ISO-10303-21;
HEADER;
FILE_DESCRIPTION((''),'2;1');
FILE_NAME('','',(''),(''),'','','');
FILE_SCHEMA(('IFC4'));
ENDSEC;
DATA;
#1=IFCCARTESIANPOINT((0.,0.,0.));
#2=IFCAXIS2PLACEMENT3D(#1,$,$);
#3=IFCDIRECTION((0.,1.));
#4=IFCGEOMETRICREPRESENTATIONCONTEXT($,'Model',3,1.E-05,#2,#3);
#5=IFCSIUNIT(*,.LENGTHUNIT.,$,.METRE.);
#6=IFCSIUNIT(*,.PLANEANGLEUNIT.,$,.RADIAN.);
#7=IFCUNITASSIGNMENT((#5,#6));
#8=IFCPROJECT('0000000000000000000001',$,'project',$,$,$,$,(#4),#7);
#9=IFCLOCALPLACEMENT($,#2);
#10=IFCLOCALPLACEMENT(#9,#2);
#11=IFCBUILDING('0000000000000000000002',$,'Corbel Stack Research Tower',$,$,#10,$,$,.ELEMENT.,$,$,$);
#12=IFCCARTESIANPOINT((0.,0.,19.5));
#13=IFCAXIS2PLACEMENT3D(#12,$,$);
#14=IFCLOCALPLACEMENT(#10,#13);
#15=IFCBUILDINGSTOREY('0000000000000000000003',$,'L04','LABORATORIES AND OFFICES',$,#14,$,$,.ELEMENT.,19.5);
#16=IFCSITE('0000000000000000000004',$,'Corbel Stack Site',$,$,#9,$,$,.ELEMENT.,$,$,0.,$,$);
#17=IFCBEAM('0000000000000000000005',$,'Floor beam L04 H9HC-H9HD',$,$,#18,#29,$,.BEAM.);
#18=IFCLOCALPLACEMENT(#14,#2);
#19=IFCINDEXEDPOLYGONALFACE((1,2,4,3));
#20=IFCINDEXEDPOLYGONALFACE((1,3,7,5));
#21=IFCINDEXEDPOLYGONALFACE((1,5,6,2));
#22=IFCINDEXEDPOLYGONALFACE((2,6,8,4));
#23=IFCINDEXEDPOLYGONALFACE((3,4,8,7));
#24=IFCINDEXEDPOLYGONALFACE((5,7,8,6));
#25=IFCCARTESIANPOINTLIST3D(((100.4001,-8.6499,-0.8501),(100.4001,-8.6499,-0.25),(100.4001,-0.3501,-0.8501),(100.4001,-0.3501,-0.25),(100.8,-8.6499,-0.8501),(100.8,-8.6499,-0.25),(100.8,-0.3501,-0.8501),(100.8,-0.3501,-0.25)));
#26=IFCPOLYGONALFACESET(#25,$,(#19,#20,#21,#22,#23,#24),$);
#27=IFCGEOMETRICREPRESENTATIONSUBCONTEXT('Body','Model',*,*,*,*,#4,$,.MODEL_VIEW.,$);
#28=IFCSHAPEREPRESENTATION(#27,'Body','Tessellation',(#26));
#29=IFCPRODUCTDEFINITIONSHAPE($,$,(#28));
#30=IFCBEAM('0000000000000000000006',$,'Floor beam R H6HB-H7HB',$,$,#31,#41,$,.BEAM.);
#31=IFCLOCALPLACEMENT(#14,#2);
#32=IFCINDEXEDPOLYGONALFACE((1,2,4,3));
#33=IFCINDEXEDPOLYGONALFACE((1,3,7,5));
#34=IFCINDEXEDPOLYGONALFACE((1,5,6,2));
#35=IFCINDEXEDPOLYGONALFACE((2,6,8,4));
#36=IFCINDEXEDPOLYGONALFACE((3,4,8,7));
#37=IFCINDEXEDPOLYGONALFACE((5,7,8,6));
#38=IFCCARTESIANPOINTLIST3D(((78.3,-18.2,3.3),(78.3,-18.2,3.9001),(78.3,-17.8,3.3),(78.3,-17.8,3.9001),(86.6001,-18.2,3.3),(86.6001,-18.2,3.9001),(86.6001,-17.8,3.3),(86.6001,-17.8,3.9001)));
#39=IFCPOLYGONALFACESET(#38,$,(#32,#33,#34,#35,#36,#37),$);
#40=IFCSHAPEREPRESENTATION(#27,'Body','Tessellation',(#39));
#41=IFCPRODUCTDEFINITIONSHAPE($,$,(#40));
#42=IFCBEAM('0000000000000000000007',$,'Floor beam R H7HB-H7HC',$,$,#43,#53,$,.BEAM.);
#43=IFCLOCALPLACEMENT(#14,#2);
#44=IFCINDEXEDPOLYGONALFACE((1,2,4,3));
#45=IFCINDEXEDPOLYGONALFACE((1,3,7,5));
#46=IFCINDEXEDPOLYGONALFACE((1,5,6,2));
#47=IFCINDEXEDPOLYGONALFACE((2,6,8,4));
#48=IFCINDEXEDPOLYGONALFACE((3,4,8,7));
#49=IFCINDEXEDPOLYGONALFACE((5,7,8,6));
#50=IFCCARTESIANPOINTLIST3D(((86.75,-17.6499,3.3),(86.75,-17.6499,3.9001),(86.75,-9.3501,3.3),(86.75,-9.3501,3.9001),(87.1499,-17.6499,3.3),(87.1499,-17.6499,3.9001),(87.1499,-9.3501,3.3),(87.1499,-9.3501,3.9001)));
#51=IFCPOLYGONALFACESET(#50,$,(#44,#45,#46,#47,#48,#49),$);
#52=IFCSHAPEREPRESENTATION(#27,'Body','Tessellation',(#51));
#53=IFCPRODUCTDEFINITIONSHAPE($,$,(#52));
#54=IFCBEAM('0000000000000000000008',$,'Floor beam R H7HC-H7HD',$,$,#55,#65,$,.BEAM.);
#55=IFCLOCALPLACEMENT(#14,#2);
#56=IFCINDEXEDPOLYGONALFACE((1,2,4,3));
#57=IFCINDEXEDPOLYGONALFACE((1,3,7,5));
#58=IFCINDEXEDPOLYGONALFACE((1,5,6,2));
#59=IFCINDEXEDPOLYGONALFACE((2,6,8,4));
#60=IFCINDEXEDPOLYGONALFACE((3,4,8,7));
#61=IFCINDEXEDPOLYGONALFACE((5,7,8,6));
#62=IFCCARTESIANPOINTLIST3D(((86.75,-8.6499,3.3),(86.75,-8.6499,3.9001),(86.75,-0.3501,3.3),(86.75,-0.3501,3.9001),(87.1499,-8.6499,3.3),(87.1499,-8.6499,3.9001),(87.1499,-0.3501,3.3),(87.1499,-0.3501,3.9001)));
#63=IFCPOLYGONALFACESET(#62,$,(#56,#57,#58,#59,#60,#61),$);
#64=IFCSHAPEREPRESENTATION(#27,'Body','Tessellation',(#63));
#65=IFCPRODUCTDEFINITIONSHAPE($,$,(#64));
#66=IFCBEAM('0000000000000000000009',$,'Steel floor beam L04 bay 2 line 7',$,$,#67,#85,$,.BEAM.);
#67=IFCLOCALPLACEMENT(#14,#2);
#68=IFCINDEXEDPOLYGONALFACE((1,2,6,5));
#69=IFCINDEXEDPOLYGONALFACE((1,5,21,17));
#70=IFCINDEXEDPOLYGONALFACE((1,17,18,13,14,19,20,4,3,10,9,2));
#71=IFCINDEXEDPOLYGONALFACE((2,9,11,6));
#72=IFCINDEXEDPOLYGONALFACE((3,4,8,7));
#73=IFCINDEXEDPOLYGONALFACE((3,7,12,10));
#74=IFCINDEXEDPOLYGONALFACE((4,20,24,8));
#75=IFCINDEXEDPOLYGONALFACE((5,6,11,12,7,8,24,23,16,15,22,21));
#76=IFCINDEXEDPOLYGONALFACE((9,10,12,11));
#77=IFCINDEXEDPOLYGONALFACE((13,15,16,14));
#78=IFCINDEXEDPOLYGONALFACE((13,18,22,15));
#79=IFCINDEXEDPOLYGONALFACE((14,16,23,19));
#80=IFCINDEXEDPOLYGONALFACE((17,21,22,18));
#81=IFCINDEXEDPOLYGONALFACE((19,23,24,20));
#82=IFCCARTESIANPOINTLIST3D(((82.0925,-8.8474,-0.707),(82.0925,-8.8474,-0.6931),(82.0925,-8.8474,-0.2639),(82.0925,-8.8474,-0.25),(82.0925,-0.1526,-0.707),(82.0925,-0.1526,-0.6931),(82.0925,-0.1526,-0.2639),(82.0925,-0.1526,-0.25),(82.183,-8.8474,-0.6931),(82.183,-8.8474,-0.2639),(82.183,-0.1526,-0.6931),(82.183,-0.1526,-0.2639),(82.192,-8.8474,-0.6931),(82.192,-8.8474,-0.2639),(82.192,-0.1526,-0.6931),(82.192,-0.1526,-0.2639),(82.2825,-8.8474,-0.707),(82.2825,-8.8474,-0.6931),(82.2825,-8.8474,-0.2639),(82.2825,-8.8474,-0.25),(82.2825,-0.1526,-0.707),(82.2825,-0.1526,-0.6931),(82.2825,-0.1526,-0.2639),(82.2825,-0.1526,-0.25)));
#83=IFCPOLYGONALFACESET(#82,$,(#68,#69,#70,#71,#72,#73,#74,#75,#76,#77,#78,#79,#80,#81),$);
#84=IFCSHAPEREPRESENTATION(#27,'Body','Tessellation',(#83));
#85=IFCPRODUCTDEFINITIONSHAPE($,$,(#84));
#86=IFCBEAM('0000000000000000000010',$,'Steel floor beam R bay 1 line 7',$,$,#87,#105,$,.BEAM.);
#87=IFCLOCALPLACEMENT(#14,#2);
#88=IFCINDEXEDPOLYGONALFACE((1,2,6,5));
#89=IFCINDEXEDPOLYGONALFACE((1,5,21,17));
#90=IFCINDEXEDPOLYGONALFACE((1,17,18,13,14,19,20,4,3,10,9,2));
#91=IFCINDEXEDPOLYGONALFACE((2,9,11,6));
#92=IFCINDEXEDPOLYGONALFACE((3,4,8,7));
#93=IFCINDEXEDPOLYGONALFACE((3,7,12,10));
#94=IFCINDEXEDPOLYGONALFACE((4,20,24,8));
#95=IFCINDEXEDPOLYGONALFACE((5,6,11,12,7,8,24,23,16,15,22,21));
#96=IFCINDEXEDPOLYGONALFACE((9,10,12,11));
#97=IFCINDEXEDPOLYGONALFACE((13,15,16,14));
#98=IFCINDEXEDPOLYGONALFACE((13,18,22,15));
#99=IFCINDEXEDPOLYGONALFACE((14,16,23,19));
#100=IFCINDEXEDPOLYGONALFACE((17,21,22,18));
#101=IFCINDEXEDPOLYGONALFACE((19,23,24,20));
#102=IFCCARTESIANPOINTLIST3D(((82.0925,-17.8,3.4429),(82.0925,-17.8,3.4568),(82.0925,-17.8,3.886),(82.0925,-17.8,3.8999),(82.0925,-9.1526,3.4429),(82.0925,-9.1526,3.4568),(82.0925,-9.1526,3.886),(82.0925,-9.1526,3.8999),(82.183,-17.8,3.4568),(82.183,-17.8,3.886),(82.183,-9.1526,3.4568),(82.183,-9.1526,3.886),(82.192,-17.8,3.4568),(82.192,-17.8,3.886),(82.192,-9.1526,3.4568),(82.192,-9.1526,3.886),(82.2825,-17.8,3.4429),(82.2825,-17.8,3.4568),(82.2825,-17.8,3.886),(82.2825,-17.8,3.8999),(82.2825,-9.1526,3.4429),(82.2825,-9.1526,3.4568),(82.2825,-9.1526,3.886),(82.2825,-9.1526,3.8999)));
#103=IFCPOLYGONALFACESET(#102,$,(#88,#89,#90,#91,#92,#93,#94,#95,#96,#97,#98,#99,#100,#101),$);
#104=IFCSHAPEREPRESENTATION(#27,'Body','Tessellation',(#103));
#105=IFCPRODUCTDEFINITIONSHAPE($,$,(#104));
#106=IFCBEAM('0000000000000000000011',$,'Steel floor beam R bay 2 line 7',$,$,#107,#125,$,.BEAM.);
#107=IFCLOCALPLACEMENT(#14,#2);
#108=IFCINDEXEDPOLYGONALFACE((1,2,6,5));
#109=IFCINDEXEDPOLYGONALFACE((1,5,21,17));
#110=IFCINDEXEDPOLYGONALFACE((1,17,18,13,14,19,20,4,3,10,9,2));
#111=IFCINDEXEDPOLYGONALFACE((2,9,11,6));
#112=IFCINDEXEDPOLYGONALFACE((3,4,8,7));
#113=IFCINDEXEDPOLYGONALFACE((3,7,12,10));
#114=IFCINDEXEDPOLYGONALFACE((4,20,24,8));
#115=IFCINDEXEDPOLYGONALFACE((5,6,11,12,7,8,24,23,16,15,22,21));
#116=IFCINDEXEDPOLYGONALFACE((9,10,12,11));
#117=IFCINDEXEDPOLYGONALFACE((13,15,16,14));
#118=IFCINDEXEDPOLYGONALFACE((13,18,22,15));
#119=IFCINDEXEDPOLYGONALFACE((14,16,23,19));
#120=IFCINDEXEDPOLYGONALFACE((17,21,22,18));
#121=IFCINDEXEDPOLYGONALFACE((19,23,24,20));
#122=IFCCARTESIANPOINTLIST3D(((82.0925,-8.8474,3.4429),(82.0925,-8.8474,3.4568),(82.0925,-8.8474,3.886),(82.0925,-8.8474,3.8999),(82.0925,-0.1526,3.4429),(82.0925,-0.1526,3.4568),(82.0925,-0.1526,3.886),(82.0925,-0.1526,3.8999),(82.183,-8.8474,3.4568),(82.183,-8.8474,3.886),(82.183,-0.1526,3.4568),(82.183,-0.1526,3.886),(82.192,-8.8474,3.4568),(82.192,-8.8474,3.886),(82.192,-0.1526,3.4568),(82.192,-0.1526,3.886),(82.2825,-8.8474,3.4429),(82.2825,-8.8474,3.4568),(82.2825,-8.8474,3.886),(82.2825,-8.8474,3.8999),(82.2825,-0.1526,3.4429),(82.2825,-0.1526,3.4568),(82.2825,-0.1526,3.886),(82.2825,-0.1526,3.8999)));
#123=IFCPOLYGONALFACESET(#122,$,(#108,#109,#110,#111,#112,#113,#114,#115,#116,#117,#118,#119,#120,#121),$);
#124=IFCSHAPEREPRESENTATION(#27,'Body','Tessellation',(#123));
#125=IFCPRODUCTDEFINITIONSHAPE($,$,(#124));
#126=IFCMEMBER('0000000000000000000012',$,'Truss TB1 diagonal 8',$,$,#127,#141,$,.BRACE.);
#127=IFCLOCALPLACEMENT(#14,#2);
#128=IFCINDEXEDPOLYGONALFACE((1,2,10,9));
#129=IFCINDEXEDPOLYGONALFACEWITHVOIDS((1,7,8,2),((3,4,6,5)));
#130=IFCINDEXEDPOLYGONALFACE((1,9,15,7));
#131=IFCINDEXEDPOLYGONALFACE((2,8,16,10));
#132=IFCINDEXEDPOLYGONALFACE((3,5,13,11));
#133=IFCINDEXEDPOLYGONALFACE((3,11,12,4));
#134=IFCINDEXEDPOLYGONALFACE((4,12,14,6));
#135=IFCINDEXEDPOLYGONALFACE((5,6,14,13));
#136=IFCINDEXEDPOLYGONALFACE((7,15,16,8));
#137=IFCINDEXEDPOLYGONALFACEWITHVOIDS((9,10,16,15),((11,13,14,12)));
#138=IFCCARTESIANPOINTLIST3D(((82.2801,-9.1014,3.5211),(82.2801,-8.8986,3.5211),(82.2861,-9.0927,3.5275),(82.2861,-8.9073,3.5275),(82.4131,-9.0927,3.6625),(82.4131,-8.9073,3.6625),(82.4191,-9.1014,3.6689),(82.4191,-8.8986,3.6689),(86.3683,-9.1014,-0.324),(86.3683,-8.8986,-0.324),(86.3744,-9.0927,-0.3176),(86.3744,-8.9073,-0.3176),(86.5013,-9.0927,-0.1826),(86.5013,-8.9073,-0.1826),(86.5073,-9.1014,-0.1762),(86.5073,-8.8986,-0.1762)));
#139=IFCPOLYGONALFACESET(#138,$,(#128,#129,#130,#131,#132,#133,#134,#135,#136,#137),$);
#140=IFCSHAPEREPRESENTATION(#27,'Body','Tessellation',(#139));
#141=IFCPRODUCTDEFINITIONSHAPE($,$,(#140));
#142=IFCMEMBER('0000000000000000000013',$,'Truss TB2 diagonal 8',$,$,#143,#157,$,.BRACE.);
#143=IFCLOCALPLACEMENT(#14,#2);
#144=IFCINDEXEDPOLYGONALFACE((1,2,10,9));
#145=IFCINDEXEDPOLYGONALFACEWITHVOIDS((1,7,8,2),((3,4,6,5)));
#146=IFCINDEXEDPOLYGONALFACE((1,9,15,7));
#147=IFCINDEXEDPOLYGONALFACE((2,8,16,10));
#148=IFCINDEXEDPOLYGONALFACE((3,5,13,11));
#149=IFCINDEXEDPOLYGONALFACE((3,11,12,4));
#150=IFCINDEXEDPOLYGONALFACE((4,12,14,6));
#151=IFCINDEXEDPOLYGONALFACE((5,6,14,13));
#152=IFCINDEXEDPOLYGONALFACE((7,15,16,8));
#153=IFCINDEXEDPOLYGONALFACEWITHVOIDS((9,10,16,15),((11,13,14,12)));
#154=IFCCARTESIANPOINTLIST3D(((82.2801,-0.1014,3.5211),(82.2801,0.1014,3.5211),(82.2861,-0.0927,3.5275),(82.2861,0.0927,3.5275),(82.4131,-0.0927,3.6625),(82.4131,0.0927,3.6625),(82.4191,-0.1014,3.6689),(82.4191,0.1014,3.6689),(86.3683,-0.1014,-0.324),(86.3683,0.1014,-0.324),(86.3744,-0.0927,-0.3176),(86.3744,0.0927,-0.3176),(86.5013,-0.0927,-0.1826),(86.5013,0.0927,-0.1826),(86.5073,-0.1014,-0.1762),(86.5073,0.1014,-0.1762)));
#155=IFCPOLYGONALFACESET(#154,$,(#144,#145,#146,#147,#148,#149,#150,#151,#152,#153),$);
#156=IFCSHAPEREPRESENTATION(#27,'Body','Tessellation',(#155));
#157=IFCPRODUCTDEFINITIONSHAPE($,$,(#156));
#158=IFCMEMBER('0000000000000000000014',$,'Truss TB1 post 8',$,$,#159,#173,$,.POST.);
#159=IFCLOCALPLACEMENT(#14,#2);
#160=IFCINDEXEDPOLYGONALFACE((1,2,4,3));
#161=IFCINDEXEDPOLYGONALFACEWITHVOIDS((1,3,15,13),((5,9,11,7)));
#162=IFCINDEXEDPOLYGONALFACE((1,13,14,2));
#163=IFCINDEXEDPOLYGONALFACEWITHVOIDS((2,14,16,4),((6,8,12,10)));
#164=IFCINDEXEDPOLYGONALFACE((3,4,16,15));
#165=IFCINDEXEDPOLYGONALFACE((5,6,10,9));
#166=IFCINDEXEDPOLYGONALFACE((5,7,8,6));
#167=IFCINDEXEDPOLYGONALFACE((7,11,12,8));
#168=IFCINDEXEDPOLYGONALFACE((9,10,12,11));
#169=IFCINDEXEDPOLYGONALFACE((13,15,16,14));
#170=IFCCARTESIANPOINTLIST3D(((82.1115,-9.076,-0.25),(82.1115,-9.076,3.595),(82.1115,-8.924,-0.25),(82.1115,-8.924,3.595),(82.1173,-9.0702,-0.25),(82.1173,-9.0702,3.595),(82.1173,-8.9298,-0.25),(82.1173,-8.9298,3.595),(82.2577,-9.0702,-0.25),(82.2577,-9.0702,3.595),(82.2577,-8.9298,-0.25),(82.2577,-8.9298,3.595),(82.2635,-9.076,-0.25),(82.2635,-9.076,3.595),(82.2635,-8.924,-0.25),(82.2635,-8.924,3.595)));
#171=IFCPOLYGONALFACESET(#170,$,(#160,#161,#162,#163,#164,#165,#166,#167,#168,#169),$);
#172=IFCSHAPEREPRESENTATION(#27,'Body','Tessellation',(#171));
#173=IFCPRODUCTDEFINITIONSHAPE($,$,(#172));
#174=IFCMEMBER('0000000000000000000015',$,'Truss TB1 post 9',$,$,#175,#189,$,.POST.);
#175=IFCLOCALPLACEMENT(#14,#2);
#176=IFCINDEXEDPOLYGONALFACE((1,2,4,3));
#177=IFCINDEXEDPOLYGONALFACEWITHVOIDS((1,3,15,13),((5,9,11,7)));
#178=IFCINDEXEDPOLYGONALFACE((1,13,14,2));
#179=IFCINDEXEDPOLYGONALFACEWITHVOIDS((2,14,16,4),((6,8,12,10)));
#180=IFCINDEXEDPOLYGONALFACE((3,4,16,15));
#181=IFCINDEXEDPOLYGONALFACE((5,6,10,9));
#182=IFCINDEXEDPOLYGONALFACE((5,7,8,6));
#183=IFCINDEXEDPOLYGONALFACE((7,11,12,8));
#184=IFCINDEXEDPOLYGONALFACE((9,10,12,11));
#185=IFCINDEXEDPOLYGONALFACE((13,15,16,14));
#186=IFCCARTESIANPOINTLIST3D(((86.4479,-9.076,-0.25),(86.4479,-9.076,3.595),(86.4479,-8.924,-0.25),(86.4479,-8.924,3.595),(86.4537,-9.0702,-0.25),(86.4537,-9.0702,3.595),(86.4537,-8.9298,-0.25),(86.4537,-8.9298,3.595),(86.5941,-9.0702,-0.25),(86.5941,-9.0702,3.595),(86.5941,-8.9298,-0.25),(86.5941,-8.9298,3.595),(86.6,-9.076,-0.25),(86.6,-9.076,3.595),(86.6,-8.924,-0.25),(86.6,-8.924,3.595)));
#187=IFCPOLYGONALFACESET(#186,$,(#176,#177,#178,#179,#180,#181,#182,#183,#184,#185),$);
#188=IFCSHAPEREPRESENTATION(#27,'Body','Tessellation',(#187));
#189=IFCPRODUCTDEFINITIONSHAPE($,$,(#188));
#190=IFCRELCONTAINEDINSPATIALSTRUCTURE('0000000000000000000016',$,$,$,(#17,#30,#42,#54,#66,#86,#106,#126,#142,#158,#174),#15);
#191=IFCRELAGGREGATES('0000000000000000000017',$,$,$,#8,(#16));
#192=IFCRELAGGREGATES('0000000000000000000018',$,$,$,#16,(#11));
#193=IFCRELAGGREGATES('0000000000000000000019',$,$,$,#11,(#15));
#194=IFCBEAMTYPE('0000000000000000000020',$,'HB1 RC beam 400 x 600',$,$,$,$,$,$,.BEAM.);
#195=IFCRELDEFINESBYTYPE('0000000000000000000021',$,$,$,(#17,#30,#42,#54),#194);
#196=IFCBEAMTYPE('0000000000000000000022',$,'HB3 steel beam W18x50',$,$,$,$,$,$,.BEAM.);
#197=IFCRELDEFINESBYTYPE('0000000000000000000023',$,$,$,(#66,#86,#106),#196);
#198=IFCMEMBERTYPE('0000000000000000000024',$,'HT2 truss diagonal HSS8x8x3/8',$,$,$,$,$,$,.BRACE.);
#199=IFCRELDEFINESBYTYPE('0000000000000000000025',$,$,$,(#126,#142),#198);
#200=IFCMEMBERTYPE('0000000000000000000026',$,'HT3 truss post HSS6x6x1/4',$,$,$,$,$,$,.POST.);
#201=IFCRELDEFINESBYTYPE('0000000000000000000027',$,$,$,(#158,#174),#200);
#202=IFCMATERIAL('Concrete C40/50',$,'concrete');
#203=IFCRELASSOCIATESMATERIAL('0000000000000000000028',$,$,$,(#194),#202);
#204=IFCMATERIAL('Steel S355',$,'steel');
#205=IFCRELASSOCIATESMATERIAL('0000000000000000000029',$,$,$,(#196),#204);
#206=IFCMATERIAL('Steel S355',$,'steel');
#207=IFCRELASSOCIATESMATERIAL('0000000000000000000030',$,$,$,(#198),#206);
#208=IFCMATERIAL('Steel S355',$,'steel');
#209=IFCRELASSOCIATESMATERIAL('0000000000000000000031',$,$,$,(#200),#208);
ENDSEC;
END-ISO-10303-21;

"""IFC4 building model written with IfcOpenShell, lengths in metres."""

from ifc_helpers import new_model, si_unit, direction, frame, origin, origin_2d, place, context, subcontext, project, spatial, rectangle, hollow_rectangle, i_section, extrude, material, material_profile, profile_set, type_object, element, save


model = new_model("IFC4")

# Units and contexts
model_context = context("Model", 3, precision=1e-05, world=origin(), true_north=direction((0.0, 1.0)))
body_context = subcontext(model_context, "Body", "Model", "MODEL_VIEW")
ifc_project = project(units=[si_unit("LENGTHUNIT", "METRE"), si_unit("PLANEANGLEUNIT", "RADIAN")], contexts=[model_context])

# Site, building, storey
site_placement = place(None, origin())
site = spatial("IfcSite", under=ifc_project, at=site_placement, Name="Corbel Stack Site", CompositionType="ELEMENT", RefElevation=0.0)
building_placement = place(site_placement, origin())
building = spatial("IfcBuilding", under=site, at=building_placement, Name="Corbel Stack Research Tower", CompositionType="ELEMENT")
storey_placement = place(building_placement, frame((0.0, 0.0, 19.5)))
storey = spatial("IfcBuildingStorey", under=building, at=storey_placement, Name="L04", Description="LABORATORIES AND OFFICES", CompositionType="ELEMENT", Elevation=19.5)

# Beams
ifc_material_1 = material(Name="Concrete C40/50", Category="concrete")
ifc_material_profile_1 = material_profile(ifc_material_1, rectangle(XDim=0.3999, YDim=0.6001, at=origin_2d()), Name="RC 400 x 600")
ifc_profile_set_1 = profile_set([ifc_material_profile_1], Name="Concrete C40/50")
beam_type_1 = type_object("IfcBeamType", Name="HB1 RC beam 400 x 600", PredefinedType="BEAM", material=ifc_profile_set_1)
for number, where, z_axis, x_axis, name in (
    (1, (100.6001, -8.6499, -0.55), (0.0, 1.0, 0.0), (-1.0, 0.0, 0.0), "Floor beam L04 H9HC-H9HD"),
):
    element("IfcBeam", number, at=place(storey_placement, frame(where, z_axis=z_axis, x_axis=x_axis)), inside=storey, type_object=beam_type_1, Name=name, PredefinedType="BEAM", context=body_context, shape_type="SweptSolid", body=[
        extrude(rectangle(XDim=0.3999, YDim=0.6001, at=origin_2d()), origin(), (0.0, 0.0, 1.0), 8.2998),
    ])
beam_1_placement = place(storey_placement, frame((78.3, -18.0, 3.6001), z_axis=(1.0, 0.0, 0.0), x_axis=(0.0, 1.0, 0.0)))
element("IfcBeam", 2, at=beam_1_placement, inside=storey, type_object=beam_type_1, Name="Floor beam R H6HB-H7HB", PredefinedType="BEAM", context=body_context, shape_type="SweptSolid", body=[
    extrude(rectangle(XDim=0.3999, YDim=0.6001, at=origin_2d()), origin(), (0.0, 0.0, 1.0), 8.3),
])
for number, where, z_axis, x_axis, name in (
    (3, (86.95, -17.6499, 3.6001), (0.0, 1.0, 0.0), (-1.0, 0.0, 0.0), "Floor beam R H7HB-H7HC"),
    (4, (86.95, -8.6499, 3.6001), (0.0, 1.0, 0.0), (-1.0, 0.0, 0.0), "Floor beam R H7HC-H7HD"),
):
    element("IfcBeam", number, at=place(storey_placement, frame(where, z_axis=z_axis, x_axis=x_axis)), inside=storey, type_object=beam_type_1, Name=name, PredefinedType="BEAM", context=body_context, shape_type="SweptSolid", body=[
        extrude(rectangle(XDim=0.3999, YDim=0.6001, at=origin_2d()), origin(), (0.0, 0.0, 1.0), 8.2998),
    ])
ifc_material_2 = material(Name="Steel S355", Category="steel")
ifc_material_profile_2 = material_profile(ifc_material_2, i_section(OverallWidth=0.1899, OverallDepth=0.457, WebThickness=0.009, FlangeThickness=0.0139, at=origin_2d()), Name="W18x50")
ifc_profile_set_2 = profile_set([ifc_material_profile_2], Name="Steel S355")
beam_type_2 = type_object("IfcBeamType", Name="HB3 steel beam W18x50", PredefinedType="BEAM", material=ifc_profile_set_2)
beam_2_placement = place(storey_placement, frame((82.1875, -8.8474, -0.4785), z_axis=(0.0, 1.0, 0.0), x_axis=(-1.0, 0.0, 0.0)))
element("IfcBeam", 5, at=beam_2_placement, inside=storey, type_object=beam_type_2, Name="Steel floor beam L04 bay 2 line 7", PredefinedType="BEAM", context=body_context, shape_type="SweptSolid", body=[
    extrude(i_section(OverallWidth=0.1899, OverallDepth=0.457, WebThickness=0.009, FlangeThickness=0.0139, at=origin_2d()), origin(), (0.0, 0.0, 1.0), 8.6948),
])
beam_3_placement = place(storey_placement, frame((82.1875, -17.8, 3.6714), z_axis=(0.0, 1.0, 0.0), x_axis=(-1.0, 0.0, 0.0)))
element("IfcBeam", 6, at=beam_3_placement, inside=storey, type_object=beam_type_2, Name="Steel floor beam R bay 1 line 7", PredefinedType="BEAM", context=body_context, shape_type="SweptSolid", body=[
    extrude(i_section(OverallWidth=0.1899, OverallDepth=0.457, WebThickness=0.009, FlangeThickness=0.0139, at=origin_2d()), origin(), (0.0, 0.0, 1.0), 8.6475),
])
beam_4_placement = place(storey_placement, frame((82.1875, -8.8474, 3.6714), z_axis=(0.0, 1.0, 0.0), x_axis=(-1.0, 0.0, 0.0)))
element("IfcBeam", 7, at=beam_4_placement, inside=storey, type_object=beam_type_2, Name="Steel floor beam R bay 2 line 7", PredefinedType="BEAM", context=body_context, shape_type="SweptSolid", body=[
    extrude(i_section(OverallWidth=0.1899, OverallDepth=0.457, WebThickness=0.009, FlangeThickness=0.0139, at=origin_2d()), origin(), (0.0, 0.0, 1.0), 8.6948),
])

# Members
ifc_material_3 = material(Name="Steel S355", Category="steel")
ifc_material_profile_3 = material_profile(ifc_material_3, hollow_rectangle(XDim=0.2029, YDim=0.2029, WallThickness=0.0088, at=origin_2d()), Name="HSS8x8x3/8")
ifc_profile_set_3 = profile_set([ifc_material_profile_3], Name="Steel S355")
member_type_1 = type_object("IfcMemberType", Name="HT2 truss diagonal HSS8x8x3/8", PredefinedType="BRACE", material=ifc_profile_set_3)
for number, where, z_axis, x_axis, name in (
    (8, (82.3496, -9.0, 3.595), (0.728439, 0.0, -0.685111), (0.0, 1.0, 0.0), "Truss TB1 diagonal 8"),
    (9, (82.3496, 0.0, 3.595), (0.728439, 0.0, -0.685111), (0.0, 1.0, 0.0), "Truss TB2 diagonal 8"),
):
    element("IfcMember", number, at=place(storey_placement, frame(where, z_axis=z_axis, x_axis=x_axis)), inside=storey, type_object=member_type_1, Name=name, PredefinedType="BRACE", context=body_context, shape_type="SweptSolid", body=[
        extrude(hollow_rectangle(XDim=0.2029, YDim=0.2029, WallThickness=0.0088, at=origin_2d()), origin(), (0.0, 0.0, 1.0), 5.6123),
    ])
ifc_material_4 = material(Name="Steel S355", Category="steel")
ifc_material_profile_4 = material_profile(ifc_material_4, hollow_rectangle(XDim=0.1521, YDim=0.1521, WallThickness=0.0059, at=origin_2d()), Name="HSS6x6x1/4")
ifc_profile_set_4 = profile_set([ifc_material_profile_4], Name="Steel S355")
member_type_2 = type_object("IfcMemberType", Name="HT3 truss post HSS6x6x1/4", PredefinedType="POST", material=ifc_profile_set_4)
for number, where, z_axis, x_axis, name in (
    (10, (82.1875, -9.0, -0.25), (0.0, 0.0, 1.0), (1.0, 0.0, 0.0), "Truss TB1 post 8"),
    (11, (86.5239, -9.0, -0.25), (0.0, 0.0, 1.0), (1.0, 0.0, 0.0), "Truss TB1 post 9"),
):
    element("IfcMember", number, at=place(storey_placement, frame(where, z_axis=z_axis, x_axis=x_axis)), inside=storey, type_object=member_type_2, Name=name, PredefinedType="POST", context=body_context, shape_type="SweptSolid", body=[
        extrude(hollow_rectangle(XDim=0.1521, YDim=0.1521, WallThickness=0.0059, at=origin_2d()), origin(), (0.0, 0.0, 1.0), 3.845),
    ])

save(model, "model.ifc")
